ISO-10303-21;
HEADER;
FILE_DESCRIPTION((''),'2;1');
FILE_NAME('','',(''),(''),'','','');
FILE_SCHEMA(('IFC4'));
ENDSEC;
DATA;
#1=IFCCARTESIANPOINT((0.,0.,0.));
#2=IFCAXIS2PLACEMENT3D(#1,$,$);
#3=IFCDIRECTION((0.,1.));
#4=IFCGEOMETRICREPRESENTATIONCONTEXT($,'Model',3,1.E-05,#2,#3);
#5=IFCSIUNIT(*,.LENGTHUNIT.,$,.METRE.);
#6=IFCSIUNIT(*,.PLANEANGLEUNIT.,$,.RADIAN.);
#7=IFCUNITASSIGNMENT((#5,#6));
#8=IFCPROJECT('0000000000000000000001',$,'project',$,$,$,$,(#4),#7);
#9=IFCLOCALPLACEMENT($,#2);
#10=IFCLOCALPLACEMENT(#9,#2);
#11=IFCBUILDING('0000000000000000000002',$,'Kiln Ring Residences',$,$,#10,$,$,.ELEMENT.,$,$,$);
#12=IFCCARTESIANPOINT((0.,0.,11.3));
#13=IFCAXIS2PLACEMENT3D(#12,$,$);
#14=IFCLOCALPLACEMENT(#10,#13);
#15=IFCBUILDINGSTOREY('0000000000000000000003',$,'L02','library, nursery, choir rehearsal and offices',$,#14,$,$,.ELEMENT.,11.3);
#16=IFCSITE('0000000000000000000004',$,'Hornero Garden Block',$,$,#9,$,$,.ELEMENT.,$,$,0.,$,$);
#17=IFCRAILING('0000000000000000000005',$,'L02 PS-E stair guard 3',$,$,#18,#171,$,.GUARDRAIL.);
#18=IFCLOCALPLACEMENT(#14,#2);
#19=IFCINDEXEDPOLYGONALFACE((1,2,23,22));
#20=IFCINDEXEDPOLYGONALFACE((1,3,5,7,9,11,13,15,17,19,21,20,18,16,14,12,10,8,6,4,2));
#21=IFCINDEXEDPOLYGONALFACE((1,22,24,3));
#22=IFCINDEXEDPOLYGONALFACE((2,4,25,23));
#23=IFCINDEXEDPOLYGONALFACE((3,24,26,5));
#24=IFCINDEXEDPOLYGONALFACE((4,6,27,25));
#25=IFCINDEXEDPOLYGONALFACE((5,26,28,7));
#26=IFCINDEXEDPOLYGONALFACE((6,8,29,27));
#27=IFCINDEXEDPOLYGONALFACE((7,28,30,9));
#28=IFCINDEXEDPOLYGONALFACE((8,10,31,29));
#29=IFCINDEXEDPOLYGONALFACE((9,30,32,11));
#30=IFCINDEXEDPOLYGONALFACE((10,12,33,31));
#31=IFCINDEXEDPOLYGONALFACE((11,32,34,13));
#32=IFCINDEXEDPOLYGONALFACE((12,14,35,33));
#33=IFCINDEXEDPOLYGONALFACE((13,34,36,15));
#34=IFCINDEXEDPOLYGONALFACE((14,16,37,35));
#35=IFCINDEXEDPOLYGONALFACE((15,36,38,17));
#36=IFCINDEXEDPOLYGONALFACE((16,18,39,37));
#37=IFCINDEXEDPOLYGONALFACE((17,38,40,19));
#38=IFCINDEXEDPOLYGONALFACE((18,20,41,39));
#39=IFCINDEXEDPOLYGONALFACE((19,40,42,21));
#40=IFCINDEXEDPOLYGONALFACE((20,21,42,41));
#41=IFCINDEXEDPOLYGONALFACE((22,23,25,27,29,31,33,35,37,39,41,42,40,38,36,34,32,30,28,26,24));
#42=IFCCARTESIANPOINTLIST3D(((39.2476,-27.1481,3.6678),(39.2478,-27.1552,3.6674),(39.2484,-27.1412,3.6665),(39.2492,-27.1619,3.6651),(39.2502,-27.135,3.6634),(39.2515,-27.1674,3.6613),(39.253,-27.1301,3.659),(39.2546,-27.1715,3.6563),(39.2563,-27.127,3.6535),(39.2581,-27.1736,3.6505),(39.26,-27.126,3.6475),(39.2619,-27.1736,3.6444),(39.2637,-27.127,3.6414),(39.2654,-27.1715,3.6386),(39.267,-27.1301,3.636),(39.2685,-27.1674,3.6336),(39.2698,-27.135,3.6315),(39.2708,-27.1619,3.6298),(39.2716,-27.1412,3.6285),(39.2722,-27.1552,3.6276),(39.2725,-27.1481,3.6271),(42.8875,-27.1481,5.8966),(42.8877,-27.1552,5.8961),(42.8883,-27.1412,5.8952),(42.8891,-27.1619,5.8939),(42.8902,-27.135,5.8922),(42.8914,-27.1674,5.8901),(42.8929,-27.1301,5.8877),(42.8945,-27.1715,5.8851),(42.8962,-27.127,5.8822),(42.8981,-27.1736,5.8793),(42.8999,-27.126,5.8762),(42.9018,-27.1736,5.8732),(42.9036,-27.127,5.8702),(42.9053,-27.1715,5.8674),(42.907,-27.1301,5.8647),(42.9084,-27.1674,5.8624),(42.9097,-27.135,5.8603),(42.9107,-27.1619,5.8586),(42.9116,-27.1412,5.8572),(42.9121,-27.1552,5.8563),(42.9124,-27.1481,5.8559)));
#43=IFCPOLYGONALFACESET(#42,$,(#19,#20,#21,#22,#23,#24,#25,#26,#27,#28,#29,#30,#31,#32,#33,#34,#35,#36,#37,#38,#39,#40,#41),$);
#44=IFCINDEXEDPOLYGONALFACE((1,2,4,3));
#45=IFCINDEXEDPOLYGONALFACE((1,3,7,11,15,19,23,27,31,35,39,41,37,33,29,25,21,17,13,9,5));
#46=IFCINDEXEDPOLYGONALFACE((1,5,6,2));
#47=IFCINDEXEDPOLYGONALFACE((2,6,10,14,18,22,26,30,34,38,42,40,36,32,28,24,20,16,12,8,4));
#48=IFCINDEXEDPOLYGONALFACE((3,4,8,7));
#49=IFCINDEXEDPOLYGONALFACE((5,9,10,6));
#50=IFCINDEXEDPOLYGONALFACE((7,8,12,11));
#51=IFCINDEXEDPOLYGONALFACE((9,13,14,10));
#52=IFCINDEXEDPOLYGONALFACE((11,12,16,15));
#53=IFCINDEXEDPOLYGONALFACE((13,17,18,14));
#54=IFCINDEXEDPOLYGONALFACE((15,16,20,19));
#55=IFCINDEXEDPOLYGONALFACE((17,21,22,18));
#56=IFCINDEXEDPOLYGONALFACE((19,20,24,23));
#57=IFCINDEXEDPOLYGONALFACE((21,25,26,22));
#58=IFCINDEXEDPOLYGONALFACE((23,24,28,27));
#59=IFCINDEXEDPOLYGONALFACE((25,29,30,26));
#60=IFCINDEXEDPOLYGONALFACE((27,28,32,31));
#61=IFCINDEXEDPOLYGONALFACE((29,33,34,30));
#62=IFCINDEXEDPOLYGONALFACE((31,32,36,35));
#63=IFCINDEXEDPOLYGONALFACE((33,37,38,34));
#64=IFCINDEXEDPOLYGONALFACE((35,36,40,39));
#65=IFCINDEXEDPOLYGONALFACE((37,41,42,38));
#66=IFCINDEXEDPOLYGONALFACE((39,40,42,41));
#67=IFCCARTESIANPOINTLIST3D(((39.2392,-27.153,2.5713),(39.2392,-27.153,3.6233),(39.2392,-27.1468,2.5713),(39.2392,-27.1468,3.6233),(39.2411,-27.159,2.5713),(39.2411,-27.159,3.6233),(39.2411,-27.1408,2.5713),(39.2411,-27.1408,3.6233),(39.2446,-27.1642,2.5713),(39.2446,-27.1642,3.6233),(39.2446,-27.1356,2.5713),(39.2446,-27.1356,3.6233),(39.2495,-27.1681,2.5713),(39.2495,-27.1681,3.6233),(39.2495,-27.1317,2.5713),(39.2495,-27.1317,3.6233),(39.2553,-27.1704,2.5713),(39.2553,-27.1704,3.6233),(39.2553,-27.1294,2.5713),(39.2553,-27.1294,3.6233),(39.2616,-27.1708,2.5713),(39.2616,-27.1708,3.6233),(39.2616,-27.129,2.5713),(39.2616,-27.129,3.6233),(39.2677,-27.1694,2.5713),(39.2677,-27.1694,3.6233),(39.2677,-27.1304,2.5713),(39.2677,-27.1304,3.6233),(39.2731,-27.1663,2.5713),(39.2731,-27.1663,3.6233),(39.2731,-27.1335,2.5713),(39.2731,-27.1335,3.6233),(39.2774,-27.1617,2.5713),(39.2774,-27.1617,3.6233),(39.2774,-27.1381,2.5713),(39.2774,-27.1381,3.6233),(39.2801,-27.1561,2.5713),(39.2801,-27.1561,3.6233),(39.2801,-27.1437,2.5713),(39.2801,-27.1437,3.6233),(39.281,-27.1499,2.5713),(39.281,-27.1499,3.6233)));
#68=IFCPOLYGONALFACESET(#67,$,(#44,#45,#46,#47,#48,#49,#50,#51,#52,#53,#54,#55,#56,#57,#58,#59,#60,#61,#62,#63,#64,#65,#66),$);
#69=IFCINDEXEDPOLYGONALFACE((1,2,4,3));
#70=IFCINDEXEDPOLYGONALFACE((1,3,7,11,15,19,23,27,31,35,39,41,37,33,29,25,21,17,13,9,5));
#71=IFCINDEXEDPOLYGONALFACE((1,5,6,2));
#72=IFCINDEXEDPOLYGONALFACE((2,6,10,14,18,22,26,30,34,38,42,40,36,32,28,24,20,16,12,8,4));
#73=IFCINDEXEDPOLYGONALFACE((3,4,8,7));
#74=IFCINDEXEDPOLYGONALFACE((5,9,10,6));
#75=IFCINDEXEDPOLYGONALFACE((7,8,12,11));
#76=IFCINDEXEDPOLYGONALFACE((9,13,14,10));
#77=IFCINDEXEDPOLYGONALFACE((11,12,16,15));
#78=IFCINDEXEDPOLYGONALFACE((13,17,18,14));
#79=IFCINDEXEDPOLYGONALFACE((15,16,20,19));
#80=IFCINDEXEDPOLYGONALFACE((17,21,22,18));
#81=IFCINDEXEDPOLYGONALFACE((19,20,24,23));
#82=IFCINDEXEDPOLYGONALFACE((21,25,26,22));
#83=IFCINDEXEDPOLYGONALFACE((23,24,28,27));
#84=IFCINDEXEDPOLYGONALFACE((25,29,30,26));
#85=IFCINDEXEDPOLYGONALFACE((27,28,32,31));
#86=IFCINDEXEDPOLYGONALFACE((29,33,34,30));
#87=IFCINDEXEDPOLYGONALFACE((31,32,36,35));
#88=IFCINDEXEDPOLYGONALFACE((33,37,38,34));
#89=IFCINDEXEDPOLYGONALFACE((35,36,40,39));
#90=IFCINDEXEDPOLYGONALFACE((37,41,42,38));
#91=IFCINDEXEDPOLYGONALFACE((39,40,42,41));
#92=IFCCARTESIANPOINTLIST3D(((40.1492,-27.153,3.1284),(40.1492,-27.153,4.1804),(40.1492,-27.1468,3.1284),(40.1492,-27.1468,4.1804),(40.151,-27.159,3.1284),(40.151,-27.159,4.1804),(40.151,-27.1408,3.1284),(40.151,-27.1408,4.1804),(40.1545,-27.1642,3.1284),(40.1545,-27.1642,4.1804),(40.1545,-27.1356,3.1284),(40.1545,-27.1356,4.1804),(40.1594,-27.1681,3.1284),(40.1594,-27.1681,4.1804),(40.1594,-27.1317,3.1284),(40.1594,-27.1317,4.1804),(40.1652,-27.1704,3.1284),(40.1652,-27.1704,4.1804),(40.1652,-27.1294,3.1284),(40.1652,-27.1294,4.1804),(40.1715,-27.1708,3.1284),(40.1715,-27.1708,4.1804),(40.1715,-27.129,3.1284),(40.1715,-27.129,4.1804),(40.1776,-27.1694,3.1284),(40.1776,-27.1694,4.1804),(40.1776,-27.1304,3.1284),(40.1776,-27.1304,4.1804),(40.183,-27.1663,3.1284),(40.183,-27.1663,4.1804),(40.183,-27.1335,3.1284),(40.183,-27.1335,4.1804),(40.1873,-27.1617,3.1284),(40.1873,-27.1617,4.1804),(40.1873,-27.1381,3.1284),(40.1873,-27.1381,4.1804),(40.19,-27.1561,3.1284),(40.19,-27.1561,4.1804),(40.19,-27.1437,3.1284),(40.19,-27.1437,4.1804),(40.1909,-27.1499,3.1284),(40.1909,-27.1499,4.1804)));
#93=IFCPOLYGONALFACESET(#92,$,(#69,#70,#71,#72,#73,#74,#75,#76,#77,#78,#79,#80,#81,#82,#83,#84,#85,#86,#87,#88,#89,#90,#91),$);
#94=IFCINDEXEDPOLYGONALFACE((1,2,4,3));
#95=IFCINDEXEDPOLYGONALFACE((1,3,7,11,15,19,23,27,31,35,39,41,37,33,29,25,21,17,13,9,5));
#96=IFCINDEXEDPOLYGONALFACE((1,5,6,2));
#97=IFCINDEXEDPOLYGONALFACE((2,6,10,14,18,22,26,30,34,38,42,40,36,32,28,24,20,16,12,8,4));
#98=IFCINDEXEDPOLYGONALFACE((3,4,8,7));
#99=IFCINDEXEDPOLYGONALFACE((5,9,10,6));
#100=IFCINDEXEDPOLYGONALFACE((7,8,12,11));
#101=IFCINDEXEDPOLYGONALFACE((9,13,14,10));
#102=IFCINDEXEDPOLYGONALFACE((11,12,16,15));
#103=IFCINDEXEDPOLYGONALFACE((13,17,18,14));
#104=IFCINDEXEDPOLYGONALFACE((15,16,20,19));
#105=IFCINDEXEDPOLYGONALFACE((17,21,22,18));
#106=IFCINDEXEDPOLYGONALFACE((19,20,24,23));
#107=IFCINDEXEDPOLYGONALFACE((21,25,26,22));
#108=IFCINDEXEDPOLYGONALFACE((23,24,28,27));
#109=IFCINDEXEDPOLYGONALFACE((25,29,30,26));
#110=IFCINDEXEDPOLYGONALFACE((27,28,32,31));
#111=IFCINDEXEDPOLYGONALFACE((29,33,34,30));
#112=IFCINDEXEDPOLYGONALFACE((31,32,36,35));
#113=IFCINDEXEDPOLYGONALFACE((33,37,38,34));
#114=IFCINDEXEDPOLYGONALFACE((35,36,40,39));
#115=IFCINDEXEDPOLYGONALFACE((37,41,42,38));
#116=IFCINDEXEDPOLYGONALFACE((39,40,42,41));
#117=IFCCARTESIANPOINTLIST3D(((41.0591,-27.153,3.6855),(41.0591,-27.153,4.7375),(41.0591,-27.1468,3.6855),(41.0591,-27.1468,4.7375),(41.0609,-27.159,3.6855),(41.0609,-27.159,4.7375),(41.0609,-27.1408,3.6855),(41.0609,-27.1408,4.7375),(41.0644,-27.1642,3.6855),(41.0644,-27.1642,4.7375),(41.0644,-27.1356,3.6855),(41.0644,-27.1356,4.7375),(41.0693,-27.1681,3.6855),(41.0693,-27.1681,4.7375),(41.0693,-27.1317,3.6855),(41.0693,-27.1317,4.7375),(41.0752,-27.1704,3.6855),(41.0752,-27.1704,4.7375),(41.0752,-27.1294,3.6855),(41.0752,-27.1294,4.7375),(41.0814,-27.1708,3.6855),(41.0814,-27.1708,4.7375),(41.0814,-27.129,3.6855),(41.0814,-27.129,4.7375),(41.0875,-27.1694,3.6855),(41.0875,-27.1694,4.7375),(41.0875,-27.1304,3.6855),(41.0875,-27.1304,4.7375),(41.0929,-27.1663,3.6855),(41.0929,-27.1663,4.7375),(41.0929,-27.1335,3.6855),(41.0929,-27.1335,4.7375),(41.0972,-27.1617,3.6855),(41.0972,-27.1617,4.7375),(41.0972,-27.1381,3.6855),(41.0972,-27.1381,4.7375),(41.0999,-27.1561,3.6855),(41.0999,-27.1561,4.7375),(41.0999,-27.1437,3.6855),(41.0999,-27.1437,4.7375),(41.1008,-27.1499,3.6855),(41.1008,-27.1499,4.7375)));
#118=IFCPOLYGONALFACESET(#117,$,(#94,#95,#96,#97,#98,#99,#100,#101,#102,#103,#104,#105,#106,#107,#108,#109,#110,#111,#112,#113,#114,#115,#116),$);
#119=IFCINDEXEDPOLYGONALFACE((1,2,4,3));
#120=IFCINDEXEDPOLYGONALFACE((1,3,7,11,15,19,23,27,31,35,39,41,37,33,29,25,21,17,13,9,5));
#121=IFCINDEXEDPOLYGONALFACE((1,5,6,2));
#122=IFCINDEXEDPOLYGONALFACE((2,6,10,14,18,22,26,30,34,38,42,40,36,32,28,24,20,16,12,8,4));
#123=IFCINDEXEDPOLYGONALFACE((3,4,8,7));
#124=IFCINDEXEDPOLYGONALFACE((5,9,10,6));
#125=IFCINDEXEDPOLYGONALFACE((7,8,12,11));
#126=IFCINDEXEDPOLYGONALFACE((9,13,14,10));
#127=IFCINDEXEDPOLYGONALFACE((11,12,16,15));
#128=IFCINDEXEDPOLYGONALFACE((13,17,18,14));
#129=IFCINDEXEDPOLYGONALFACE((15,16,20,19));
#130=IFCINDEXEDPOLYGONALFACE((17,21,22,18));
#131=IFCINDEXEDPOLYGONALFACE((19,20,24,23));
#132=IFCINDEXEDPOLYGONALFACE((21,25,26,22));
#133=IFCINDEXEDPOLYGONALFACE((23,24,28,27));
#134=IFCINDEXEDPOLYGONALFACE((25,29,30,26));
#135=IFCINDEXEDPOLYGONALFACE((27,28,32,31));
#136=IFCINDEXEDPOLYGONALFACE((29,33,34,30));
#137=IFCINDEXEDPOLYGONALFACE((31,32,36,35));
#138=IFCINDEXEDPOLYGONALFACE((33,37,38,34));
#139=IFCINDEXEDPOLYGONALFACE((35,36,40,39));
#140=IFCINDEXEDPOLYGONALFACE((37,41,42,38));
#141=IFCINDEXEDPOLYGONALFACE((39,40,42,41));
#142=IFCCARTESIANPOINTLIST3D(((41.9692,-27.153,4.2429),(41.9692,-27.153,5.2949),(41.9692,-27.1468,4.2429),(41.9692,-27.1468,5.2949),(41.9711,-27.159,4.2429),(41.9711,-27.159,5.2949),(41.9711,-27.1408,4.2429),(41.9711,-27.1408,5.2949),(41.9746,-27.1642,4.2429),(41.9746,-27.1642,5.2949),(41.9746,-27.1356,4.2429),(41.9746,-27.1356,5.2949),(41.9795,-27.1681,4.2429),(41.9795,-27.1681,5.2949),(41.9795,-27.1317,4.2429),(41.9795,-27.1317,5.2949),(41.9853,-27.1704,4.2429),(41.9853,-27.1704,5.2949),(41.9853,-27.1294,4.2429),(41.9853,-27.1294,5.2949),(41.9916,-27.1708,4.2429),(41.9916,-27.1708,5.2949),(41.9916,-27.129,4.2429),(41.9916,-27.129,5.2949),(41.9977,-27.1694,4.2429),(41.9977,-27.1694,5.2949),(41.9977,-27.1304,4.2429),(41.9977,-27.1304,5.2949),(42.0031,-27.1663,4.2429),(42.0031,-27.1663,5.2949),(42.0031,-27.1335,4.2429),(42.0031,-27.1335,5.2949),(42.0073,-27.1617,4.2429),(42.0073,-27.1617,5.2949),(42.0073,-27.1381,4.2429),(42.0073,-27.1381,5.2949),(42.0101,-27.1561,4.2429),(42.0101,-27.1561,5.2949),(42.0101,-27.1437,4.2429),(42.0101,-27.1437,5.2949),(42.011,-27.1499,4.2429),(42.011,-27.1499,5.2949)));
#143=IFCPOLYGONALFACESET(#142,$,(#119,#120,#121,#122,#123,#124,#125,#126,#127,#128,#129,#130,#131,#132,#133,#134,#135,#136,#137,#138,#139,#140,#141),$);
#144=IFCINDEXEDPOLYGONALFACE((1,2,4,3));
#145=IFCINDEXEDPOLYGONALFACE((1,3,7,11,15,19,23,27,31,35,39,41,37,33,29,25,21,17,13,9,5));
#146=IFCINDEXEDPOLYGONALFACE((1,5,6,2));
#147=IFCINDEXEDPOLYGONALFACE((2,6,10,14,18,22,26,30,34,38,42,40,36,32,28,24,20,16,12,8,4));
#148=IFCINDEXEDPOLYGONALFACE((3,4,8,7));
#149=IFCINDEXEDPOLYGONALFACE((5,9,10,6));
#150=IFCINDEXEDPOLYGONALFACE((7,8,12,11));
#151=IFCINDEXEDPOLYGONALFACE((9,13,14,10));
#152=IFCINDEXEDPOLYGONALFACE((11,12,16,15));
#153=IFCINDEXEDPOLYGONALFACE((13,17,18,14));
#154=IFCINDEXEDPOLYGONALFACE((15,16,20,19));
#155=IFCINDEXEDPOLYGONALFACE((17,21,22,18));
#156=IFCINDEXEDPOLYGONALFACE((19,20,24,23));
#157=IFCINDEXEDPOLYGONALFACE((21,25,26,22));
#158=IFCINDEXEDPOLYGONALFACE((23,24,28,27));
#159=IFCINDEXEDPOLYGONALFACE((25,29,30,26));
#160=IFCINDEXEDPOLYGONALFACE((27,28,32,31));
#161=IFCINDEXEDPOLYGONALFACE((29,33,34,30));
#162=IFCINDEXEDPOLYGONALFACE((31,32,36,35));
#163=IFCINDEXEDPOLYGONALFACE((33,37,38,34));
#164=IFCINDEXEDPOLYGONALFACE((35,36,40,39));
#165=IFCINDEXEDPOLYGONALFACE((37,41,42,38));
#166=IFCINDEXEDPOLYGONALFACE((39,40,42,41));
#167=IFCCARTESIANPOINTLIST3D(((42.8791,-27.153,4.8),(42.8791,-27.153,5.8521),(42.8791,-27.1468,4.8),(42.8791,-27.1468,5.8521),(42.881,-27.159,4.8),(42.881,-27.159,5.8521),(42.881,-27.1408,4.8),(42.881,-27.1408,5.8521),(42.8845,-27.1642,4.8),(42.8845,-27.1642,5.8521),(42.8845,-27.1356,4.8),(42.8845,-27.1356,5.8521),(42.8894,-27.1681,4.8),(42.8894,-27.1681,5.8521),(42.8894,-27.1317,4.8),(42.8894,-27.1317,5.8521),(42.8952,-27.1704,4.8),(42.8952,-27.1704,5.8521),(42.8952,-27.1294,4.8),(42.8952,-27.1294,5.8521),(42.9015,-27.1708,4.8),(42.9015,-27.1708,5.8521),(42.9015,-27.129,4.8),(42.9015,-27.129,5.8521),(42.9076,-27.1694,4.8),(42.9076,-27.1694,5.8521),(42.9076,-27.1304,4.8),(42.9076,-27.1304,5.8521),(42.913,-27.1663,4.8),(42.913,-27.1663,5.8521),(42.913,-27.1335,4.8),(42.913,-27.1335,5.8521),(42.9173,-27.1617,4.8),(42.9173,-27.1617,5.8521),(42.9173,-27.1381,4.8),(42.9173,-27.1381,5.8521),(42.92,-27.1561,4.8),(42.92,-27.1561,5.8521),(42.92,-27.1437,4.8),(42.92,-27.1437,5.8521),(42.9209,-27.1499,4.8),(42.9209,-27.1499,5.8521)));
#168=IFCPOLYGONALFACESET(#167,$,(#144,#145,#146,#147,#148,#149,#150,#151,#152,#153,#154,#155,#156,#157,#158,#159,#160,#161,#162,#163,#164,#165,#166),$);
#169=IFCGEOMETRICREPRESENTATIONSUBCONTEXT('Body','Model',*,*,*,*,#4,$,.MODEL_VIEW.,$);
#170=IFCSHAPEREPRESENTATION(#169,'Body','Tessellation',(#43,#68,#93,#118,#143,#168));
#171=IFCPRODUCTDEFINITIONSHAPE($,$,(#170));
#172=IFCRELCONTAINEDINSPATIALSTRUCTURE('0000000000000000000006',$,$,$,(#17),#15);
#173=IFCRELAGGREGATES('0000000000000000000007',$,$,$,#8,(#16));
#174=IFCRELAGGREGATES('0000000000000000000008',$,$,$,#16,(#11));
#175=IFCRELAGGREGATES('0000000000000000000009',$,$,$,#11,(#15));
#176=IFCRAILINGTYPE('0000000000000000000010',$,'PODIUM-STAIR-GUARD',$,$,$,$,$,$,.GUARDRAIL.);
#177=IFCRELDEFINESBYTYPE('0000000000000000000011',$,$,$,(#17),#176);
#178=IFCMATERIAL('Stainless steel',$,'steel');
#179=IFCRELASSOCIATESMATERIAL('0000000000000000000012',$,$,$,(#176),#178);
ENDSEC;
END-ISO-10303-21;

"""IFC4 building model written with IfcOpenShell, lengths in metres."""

from ifc_helpers import new_model, si_unit, direction, frame, origin, origin_2d, place, context, subcontext, project, spatial, circle, extrude, material, type_object, element, save


model = new_model("IFC4")

# Units and contexts
model_context = context("Model", 3, precision=1e-05, world=origin(), true_north=direction((0.0, 1.0)))
body_context = subcontext(model_context, "Body", "Model", "MODEL_VIEW")
ifc_project = project(units=[si_unit("LENGTHUNIT", "METRE"), si_unit("PLANEANGLEUNIT", "RADIAN")], contexts=[model_context])

# Site, building, storey
site_placement = place(None, origin())
site = spatial("IfcSite", under=ifc_project, at=site_placement, Name="Hornero Garden Block", CompositionType="ELEMENT", RefElevation=0.0)
building_placement = place(site_placement, origin())
building = spatial("IfcBuilding", under=site, at=building_placement, Name="Kiln Ring Residences", CompositionType="ELEMENT")
storey_placement = place(building_placement, frame((0.0, 0.0, 11.3)))
storey = spatial("IfcBuildingStorey", under=building, at=storey_placement, Name="L02", Description="library, nursery, choir rehearsal and offices", CompositionType="ELEMENT", Elevation=11.3)

# Railing
ifc_material_1 = material(Name="Stainless steel", Category="steel")
railing_type_1 = type_object("IfcRailingType", Name="PODIUM-STAIR-GUARD", PredefinedType="GUARDRAIL", material=ifc_material_1)
railing_1_placement = place(storey_placement, frame((39.26, -27.1499, 2.5713)))
element("IfcRailing", 1, at=railing_1_placement, inside=storey, type_object=railing_type_1, Name="L02 PS-E stair guard 3", PredefinedType="GUARDRAIL", context=body_context, shape_type="SweptSolid", body=[
    extrude(circle(Radius=0.0239, at=origin_2d()), frame((0.0, 0.0, 1.0762), z_axis=(0.852825, 0.0, 0.522197), x_axis=(0.0, 1.0, 0.0)), (0.0, 0.0, 1.0), 4.2681),
    extrude(circle(Radius=0.021, at=origin_2d()), origin(), (0.0, 0.0, 1.0), 1.052),
    extrude(circle(Radius=0.021, at=origin_2d()), frame((0.9099, 0.0, 0.5571)), (0.0, 0.0, 1.0), 1.052),
    extrude(circle(Radius=0.021, at=origin_2d()), frame((1.8198, 0.0, 1.1143)), (0.0, 0.0, 1.0), 1.052),
    extrude(circle(Radius=0.021, at=origin_2d()), frame((2.73, 0.0, 1.6716)), (0.0, 0.0, 1.0), 1.052),
    extrude(circle(Radius=0.021, at=origin_2d()), frame((3.6399, 0.0, 2.2288)), (0.0, 0.0, 1.0), 1.052),
])

save(model, "model.ifc")
